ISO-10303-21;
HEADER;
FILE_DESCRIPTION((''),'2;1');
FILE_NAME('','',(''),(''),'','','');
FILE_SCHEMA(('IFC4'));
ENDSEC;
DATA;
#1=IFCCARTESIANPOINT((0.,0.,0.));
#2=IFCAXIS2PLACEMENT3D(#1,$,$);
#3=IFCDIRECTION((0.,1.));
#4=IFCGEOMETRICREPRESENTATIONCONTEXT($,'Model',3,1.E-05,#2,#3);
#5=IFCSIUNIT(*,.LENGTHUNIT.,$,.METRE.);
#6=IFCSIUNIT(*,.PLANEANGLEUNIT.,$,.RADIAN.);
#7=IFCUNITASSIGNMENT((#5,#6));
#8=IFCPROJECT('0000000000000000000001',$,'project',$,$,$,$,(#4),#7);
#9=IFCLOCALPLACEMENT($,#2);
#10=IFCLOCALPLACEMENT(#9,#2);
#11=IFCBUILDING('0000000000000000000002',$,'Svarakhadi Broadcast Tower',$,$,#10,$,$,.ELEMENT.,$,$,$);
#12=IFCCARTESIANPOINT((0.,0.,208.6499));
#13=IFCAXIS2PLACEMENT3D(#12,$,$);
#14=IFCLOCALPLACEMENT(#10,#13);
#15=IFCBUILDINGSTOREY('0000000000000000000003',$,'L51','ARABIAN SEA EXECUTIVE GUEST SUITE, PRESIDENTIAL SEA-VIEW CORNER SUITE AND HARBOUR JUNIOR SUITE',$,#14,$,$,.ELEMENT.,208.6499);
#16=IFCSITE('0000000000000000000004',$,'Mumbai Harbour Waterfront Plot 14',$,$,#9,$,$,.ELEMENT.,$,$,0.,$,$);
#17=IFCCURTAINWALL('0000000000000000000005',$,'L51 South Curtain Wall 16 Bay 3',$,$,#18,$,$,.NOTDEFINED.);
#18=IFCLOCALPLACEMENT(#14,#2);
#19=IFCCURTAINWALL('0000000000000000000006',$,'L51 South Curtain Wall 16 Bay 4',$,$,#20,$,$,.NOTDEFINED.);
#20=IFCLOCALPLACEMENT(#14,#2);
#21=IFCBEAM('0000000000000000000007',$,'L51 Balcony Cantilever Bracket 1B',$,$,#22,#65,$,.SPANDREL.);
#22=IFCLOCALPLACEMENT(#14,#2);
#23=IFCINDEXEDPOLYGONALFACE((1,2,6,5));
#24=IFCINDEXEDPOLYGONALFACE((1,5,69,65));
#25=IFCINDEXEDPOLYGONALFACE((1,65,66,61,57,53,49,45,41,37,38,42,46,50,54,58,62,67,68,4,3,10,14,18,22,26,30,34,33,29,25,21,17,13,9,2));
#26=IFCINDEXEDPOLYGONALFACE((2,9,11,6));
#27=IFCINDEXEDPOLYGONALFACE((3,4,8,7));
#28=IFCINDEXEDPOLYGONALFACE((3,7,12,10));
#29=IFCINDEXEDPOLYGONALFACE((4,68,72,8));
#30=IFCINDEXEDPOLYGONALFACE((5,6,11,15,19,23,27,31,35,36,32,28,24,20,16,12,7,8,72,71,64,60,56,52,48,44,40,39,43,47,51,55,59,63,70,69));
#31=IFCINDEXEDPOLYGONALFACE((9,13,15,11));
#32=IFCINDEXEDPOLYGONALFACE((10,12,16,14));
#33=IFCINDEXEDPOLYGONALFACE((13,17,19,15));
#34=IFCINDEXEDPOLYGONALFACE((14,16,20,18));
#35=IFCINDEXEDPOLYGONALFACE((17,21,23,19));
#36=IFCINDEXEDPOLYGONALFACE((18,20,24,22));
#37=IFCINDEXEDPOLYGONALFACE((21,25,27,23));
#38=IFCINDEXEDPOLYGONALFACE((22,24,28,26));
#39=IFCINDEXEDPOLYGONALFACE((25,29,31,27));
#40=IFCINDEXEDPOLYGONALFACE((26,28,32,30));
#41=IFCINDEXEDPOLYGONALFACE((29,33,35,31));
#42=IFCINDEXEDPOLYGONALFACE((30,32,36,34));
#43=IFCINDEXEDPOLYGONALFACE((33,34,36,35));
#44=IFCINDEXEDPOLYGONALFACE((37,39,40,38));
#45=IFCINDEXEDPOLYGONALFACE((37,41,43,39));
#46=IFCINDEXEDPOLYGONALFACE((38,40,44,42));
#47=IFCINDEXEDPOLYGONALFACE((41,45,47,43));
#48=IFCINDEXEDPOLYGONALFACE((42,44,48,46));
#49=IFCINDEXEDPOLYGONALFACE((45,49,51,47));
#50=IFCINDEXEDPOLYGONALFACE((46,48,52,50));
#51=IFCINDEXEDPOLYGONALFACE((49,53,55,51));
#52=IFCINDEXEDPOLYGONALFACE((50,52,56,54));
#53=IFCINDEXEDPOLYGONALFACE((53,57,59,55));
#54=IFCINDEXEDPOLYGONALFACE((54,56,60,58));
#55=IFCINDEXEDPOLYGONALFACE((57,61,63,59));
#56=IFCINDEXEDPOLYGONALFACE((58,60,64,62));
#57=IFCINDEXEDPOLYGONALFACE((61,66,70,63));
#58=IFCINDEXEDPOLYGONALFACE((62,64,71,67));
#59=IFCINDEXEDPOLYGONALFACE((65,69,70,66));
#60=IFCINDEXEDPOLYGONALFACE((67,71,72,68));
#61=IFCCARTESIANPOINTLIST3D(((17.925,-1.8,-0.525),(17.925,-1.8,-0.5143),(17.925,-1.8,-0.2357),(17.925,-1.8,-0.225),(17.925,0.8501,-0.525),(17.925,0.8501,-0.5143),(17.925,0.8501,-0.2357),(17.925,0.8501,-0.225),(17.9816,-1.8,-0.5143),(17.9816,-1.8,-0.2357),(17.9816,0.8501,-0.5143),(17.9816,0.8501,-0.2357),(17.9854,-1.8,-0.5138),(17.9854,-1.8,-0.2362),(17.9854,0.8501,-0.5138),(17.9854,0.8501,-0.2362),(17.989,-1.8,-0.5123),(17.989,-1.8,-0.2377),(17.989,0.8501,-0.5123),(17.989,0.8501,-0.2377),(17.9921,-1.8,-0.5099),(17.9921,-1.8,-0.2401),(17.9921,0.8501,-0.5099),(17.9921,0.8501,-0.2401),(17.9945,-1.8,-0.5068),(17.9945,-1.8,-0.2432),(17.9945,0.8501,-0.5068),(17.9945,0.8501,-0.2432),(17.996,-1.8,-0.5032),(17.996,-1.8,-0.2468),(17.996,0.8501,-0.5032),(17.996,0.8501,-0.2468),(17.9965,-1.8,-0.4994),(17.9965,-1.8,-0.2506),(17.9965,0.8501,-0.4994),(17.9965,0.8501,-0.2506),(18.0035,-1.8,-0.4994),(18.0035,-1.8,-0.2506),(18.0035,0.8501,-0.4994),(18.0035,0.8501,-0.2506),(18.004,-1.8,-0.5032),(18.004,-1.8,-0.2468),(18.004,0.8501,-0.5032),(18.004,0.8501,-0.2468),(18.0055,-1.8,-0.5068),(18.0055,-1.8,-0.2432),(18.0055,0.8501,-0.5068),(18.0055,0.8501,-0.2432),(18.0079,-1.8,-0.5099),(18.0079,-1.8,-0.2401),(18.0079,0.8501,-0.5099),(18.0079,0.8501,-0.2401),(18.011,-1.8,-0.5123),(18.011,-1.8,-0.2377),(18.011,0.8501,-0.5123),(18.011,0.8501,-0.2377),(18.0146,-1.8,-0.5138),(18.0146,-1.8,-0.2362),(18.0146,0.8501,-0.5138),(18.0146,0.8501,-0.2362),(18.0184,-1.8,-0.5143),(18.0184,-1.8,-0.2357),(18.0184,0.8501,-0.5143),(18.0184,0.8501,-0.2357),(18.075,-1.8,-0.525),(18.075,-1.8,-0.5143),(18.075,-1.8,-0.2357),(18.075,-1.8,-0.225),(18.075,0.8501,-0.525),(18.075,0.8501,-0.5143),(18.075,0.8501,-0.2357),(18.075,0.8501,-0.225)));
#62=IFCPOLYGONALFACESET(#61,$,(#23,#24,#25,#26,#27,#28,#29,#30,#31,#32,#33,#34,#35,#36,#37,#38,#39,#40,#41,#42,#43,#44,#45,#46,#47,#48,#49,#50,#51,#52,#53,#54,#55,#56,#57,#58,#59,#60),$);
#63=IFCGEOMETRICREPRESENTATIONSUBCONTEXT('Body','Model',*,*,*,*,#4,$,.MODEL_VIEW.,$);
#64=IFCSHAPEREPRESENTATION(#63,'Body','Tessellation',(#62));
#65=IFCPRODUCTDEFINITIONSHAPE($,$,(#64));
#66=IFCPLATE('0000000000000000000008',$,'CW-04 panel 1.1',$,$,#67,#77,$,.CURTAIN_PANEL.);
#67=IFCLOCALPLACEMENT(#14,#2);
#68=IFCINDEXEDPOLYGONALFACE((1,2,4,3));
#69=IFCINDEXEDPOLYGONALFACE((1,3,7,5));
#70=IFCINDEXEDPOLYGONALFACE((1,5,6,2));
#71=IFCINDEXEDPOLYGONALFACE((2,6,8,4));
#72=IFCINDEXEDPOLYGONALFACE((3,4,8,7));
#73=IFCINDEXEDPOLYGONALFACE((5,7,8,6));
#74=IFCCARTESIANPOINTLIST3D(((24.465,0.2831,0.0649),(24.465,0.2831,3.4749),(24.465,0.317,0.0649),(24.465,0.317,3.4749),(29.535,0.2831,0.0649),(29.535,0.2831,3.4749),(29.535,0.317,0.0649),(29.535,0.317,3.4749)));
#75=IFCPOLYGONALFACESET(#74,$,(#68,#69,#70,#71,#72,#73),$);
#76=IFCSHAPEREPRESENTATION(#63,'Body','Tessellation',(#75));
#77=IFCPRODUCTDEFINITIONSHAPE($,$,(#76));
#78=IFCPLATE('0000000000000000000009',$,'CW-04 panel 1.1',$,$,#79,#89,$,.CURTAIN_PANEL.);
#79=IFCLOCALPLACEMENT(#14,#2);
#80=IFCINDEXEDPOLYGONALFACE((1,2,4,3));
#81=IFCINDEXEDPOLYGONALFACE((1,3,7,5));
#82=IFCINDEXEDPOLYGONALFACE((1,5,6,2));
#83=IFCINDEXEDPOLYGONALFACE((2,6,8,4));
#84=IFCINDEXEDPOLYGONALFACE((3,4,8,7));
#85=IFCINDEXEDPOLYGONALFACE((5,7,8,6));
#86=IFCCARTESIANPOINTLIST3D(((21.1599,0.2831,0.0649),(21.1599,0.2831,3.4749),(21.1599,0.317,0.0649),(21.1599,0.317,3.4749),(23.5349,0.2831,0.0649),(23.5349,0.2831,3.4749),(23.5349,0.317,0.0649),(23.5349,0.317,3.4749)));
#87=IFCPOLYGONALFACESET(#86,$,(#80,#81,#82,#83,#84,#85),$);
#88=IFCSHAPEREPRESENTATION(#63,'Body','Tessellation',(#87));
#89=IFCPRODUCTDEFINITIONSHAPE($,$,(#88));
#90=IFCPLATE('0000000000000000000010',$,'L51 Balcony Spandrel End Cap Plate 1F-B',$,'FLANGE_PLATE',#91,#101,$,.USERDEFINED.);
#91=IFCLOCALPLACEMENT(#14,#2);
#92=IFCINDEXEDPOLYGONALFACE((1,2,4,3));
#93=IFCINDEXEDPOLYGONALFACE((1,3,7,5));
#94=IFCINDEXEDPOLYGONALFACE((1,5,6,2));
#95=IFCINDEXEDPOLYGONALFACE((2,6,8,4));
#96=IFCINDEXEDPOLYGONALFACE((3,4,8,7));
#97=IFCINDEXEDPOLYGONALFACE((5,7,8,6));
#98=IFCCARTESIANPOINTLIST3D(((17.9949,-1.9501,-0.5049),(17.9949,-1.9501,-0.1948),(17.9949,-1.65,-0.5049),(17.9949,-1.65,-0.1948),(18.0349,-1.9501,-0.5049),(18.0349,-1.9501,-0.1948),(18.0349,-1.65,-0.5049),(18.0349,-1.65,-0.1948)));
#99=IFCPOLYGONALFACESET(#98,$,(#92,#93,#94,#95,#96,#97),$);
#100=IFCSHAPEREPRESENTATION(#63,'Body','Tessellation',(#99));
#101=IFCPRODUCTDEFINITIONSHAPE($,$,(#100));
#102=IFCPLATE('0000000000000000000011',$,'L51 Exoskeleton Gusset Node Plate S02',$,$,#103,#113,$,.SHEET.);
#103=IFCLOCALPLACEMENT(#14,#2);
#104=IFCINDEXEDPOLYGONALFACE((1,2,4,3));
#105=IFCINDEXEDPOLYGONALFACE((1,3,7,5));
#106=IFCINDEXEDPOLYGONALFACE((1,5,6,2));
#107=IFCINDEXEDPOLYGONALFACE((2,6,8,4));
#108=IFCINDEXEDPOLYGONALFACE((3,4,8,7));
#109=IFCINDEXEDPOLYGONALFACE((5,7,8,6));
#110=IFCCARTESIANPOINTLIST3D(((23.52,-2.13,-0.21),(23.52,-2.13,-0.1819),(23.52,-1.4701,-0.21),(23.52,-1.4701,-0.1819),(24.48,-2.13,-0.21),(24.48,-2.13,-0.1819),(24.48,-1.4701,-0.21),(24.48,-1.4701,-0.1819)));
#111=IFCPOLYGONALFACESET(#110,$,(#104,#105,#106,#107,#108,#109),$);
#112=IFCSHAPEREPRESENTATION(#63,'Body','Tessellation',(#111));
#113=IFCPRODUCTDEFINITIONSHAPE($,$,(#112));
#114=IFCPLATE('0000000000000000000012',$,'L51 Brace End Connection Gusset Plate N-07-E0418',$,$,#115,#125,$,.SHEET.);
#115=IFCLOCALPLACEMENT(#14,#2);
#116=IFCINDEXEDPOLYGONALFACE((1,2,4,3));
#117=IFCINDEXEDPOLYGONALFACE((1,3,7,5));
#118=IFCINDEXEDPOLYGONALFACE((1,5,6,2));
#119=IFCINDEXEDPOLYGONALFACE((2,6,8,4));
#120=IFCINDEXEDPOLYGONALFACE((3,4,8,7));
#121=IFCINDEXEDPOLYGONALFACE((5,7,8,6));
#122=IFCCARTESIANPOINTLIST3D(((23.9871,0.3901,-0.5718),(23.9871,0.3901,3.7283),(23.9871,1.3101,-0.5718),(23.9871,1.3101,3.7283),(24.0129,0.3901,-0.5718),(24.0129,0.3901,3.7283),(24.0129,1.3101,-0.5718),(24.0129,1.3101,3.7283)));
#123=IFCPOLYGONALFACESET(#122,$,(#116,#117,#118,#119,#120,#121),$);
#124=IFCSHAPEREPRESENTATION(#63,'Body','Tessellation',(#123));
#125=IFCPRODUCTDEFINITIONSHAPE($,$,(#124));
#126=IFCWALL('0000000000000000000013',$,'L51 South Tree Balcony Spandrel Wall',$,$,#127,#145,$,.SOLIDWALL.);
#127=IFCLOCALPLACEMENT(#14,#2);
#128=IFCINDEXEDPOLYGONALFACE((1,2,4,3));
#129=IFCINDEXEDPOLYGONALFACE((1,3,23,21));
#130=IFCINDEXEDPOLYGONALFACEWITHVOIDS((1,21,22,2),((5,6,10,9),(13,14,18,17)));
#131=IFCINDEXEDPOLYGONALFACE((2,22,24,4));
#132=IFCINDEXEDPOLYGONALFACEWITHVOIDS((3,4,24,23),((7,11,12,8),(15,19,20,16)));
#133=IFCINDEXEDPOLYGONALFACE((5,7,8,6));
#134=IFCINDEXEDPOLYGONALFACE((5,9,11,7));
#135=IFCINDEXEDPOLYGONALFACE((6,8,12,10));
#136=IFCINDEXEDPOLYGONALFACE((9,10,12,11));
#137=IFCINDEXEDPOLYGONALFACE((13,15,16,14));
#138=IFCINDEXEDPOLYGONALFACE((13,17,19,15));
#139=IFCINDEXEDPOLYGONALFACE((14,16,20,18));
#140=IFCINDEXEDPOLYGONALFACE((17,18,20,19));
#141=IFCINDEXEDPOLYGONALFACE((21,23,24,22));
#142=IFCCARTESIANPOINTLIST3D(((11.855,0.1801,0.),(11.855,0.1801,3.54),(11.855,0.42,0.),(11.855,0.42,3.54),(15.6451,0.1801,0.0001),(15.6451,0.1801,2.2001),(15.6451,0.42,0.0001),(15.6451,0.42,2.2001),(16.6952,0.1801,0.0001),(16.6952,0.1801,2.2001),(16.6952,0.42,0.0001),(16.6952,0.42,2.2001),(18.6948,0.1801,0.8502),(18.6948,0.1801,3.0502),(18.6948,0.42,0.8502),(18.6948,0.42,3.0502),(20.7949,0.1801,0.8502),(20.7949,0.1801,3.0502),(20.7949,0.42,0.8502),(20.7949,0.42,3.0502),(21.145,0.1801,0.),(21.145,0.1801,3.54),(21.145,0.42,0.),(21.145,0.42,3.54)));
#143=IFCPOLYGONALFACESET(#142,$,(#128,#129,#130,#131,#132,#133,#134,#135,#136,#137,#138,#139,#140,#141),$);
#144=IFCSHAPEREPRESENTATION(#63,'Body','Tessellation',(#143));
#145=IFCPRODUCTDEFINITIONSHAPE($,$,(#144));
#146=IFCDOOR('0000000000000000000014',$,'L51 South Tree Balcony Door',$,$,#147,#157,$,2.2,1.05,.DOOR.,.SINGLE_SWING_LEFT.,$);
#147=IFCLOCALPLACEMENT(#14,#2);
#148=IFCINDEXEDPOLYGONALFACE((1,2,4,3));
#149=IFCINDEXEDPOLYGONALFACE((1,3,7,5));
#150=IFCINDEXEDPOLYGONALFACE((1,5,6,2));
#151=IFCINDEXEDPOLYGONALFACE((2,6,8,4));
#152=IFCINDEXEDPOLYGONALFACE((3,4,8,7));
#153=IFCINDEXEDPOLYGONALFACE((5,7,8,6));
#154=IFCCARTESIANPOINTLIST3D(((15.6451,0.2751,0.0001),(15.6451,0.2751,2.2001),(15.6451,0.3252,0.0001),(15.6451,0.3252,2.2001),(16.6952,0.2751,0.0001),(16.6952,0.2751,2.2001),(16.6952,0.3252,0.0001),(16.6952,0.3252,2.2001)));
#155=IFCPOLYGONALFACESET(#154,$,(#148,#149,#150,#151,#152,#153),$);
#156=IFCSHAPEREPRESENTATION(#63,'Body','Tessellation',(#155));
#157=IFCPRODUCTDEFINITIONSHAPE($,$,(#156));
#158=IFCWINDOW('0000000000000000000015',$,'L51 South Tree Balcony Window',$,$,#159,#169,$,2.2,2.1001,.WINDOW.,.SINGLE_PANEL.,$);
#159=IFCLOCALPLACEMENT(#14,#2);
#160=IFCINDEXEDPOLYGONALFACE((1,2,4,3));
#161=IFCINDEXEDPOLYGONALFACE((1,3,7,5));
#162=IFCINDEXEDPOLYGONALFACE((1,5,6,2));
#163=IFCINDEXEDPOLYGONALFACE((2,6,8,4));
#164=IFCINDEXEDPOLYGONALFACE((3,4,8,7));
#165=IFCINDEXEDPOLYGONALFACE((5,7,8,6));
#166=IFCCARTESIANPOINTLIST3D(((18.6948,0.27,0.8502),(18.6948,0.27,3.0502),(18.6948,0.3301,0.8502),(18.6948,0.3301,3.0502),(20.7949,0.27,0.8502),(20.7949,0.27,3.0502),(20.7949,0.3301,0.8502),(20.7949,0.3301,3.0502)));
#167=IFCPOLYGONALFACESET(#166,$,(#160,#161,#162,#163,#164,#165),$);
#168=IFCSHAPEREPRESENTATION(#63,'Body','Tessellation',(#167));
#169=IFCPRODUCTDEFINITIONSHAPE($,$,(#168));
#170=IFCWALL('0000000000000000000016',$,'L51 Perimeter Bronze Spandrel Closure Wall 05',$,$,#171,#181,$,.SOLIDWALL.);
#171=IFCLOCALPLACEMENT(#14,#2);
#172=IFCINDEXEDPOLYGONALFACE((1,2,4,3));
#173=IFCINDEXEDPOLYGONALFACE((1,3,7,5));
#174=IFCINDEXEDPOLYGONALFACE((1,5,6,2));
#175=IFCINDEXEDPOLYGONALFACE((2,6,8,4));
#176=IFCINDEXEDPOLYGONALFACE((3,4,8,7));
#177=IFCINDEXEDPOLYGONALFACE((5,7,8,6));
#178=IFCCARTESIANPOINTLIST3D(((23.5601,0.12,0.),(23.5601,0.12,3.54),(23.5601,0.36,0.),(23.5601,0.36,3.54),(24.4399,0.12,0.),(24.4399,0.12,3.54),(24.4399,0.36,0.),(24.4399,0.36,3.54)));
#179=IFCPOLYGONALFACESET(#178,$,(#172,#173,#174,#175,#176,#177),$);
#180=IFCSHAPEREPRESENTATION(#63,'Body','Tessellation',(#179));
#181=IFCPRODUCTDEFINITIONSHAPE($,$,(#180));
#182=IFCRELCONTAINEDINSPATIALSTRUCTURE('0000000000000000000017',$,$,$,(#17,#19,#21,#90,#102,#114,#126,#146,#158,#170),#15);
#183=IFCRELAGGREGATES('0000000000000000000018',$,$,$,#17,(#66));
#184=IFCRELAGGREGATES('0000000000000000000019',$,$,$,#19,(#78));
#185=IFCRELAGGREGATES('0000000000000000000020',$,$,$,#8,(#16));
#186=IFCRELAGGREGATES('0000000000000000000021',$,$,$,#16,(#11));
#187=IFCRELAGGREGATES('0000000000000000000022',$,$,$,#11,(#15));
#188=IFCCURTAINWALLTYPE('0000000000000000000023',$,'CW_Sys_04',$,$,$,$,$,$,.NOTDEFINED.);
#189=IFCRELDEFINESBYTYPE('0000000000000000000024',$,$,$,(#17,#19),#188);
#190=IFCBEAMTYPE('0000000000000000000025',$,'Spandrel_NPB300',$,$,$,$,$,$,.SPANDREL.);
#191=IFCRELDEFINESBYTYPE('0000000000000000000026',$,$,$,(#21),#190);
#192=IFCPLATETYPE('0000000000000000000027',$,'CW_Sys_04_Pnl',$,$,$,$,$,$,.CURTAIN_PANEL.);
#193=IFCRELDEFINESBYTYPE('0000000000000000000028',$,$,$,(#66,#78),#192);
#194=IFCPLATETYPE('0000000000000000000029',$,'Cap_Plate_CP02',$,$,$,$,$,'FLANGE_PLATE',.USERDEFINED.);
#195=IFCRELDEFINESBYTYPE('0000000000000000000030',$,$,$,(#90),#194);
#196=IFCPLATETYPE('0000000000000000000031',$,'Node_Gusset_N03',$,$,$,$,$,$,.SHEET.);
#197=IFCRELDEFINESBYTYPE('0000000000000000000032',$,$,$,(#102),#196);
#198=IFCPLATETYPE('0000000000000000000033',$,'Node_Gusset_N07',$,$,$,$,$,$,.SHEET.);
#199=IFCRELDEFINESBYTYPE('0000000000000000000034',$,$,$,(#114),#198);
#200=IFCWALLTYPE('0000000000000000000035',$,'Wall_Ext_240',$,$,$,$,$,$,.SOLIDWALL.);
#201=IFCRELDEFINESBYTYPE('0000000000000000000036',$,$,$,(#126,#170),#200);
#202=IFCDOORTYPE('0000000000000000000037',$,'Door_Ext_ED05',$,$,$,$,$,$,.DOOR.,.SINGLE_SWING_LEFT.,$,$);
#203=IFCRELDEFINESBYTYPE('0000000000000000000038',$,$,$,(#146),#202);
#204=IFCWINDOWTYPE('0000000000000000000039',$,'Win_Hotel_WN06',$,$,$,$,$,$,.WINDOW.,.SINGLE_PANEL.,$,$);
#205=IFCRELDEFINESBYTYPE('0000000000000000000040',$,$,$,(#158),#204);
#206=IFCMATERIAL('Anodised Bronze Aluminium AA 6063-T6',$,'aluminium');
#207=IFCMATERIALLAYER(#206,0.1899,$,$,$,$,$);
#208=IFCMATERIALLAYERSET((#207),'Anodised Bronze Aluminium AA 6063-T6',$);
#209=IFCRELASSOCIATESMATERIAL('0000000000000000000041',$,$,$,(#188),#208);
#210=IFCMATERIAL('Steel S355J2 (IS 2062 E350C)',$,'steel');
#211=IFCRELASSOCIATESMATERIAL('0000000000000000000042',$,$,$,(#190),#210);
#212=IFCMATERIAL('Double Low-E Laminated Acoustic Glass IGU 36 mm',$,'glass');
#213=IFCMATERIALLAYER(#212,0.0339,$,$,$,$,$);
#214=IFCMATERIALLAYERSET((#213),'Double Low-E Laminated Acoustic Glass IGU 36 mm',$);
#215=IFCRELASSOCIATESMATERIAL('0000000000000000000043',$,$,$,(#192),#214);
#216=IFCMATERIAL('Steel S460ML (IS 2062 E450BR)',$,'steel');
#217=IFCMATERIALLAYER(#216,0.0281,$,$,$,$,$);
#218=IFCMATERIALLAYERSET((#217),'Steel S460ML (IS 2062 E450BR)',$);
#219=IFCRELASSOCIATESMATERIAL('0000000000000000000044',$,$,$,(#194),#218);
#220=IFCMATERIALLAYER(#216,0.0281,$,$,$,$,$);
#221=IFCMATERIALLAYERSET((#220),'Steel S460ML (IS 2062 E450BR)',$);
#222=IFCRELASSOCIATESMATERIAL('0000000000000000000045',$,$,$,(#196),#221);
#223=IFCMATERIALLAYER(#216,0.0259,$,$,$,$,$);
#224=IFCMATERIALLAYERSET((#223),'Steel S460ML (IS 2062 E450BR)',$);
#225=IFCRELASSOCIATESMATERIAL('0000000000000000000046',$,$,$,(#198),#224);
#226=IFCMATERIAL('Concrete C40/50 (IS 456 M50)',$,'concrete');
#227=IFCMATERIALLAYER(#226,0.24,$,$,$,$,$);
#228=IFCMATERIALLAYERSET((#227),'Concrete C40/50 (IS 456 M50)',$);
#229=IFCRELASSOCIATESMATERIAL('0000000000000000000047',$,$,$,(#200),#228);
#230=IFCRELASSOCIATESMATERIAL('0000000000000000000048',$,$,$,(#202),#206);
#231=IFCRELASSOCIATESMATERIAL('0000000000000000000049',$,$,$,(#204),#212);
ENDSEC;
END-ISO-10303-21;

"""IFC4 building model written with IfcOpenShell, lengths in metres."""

from ifc_helpers import new_model, si_unit, direction, frame, frame_2d, origin, origin_2d, place, context, subcontext, project, spatial, rectangle, i_section, extrude, material, layer, layer_set, material_profile, profile_set, type_object, element, fill, aggregate, save


model = new_model("IFC4")

# Units and contexts
model_context = context("Model", 3, precision=1e-05, world=origin(), true_north=direction((0.0, 1.0)))
body_context = subcontext(model_context, "Body", "Model", "MODEL_VIEW")
ifc_project = project(units=[si_unit("LENGTHUNIT", "METRE"), si_unit("PLANEANGLEUNIT", "RADIAN")], contexts=[model_context])

# Site, building, storey
site_placement = place(None, origin())
site = spatial("IfcSite", under=ifc_project, at=site_placement, Name="Mumbai Harbour Waterfront Plot 14", CompositionType="ELEMENT", RefElevation=0.0)
building_placement = place(site_placement, origin())
building = spatial("IfcBuilding", under=site, at=building_placement, Name="Svarakhadi Broadcast Tower", CompositionType="ELEMENT")
storey_placement = place(building_placement, frame((0.0, 0.0, 208.6499)))
storey = spatial("IfcBuildingStorey", under=building, at=storey_placement, Name="L51", Description="ARABIAN SEA EXECUTIVE GUEST SUITE, PRESIDENTIAL SEA-VIEW CORNER SUITE AND HARBOUR JUNIOR SUITE", CompositionType="ELEMENT", Elevation=208.6499)

# Shared definitions
ifc_material_1 = material(Name="Steel S460ML (IS 2062 E450BR)", Category="steel")

# Curtain walls
ifc_material_2 = material(Name="Anodised Bronze Aluminium AA 6063-T6", Category="aluminium")
ifc_layer_1 = layer(ifc_material_2, 0.1899)
ifc_layer_set_1 = layer_set([ifc_layer_1], Name="Anodised Bronze Aluminium AA 6063-T6")
curtain_wall_type = type_object("IfcCurtainWallType", Name="CW_Sys_04", PredefinedType="NOTDEFINED", material=ifc_layer_set_1)
curtain_wall_1_placement = place(storey_placement, origin())
curtain_wall_1 = element("IfcCurtainWall", 1, at=curtain_wall_1_placement, inside=storey, type_object=curtain_wall_type, Name="L51 South Curtain Wall 16 Bay 3", PredefinedType="NOTDEFINED")
curtain_wall_2_placement = place(storey_placement, origin())
curtain_wall_2 = element("IfcCurtainWall", 2, at=curtain_wall_2_placement, inside=storey, type_object=curtain_wall_type, Name="L51 South Curtain Wall 16 Bay 4", PredefinedType="NOTDEFINED")

# Beam
ifc_material_3 = material(Name="Steel S355J2 (IS 2062 E350C)", Category="steel")
ifc_material_profile_1 = material_profile(ifc_material_3, i_section(OverallWidth=0.1499, OverallDepth=0.3, WebThickness=0.0071, FlangeThickness=0.0107, FilletRadius=0.0149, at=origin_2d()), Name="NPB 300x150x37")
ifc_profile_set_1 = profile_set([ifc_material_profile_1], Name="Steel S355J2 (IS 2062 E350C)")
beam_type_1 = type_object("IfcBeamType", Name="Spandrel_NPB300", PredefinedType="SPANDREL", material=ifc_profile_set_1)
beam_placement = place(storey_placement, frame((18.0, 0.8501, -0.375), z_axis=(0.0, -1.0, 0.0), x_axis=(1.0, 0.0, 0.0)))
element("IfcBeam", 3, at=beam_placement, inside=storey, type_object=beam_type_1, Name="L51 Balcony Cantilever Bracket 1B", PredefinedType="SPANDREL", context=body_context, shape_type="SweptSolid", body=[
    extrude(i_section(OverallWidth=0.1499, OverallDepth=0.3, WebThickness=0.0071, FlangeThickness=0.0107, FilletRadius=0.0149, at=origin_2d()), origin(), (0.0, 0.0, 1.0), 2.6501),
])

# Plates
ifc_material_4 = material(Name="Double Low-E Laminated Acoustic Glass IGU 36 mm", Category="glass")
ifc_layer_2 = layer(ifc_material_4, 0.0339)
ifc_layer_set_2 = layer_set([ifc_layer_2], Name="Double Low-E Laminated Acoustic Glass IGU 36 mm")
plate_type_1 = type_object("IfcPlateType", Name="CW_Sys_04_Pnl", PredefinedType="CURTAIN_PANEL", material=ifc_layer_set_2)
plate_1_placement = place(storey_placement, frame((27.0, 0.3, 0.0649), z_axis=(0.0, 0.0, 1.0), x_axis=(-1.0, 0.0, 0.0)))
plate_1 = element("IfcPlate", 4, at=plate_1_placement, type_object=plate_type_1, Name="CW-04 panel 1.1", PredefinedType="CURTAIN_PANEL", context=body_context, shape_type="SweptSolid", body=[
    extrude(rectangle(XDim=5.0701, YDim=0.0339, at=origin_2d()), origin(), (0.0, 0.0, 1.0), 3.4099),
])
aggregate(curtain_wall_1, [plate_1])
plate_2_placement = place(storey_placement, frame((22.3474, 0.3, 0.0649), z_axis=(0.0, 0.0, 1.0), x_axis=(-1.0, 0.0, 0.0)))
plate_2 = element("IfcPlate", 5, at=plate_2_placement, type_object=plate_type_1, Name="CW-04 panel 1.1", PredefinedType="CURTAIN_PANEL", context=body_context, shape_type="SweptSolid", body=[
    extrude(rectangle(XDim=2.375, YDim=0.0339, at=origin_2d()), origin(), (0.0, 0.0, 1.0), 3.4099),
])
aggregate(curtain_wall_2, [plate_2])

# Plates
ifc_layer_3 = layer(ifc_material_1, 0.0281)
ifc_layer_set_3 = layer_set([ifc_layer_3], Name="Steel S460ML (IS 2062 E450BR)")
plate_type_2 = type_object("IfcPlateType", Name="Cap_Plate_CP02", ElementType="FLANGE_PLATE", PredefinedType="USERDEFINED", material=ifc_layer_set_3)
plate_3_placement = place(storey_placement, frame((18.0149, -1.8, -0.5049), z_axis=(0.0, 0.0, 1.0), x_axis=(1.0, 0.0, 0.0)))
element("IfcPlate", 6, at=plate_3_placement, inside=storey, type_object=plate_type_2, Name="L51 Balcony Spandrel End Cap Plate 1F-B", ObjectType="FLANGE_PLATE", PredefinedType="USERDEFINED", context=body_context, shape_type="SweptSolid", body=[
    extrude(rectangle(XDim=0.04, YDim=0.3, at=origin_2d()), origin(), (0.0, 0.0, 1.0), 0.3101),
])
ifc_layer_4 = layer(ifc_material_1, 0.0281)
ifc_layer_set_4 = layer_set([ifc_layer_4], Name="Steel S460ML (IS 2062 E450BR)")
plate_type_3 = type_object("IfcPlateType", Name="Node_Gusset_N03", PredefinedType="SHEET", material=ifc_layer_set_4)
plate_4_placement = place(storey_placement, frame((24.0, -1.8, -0.21), z_axis=(0.0, 0.0, 1.0), x_axis=(1.0, 0.0, 0.0)))
element("IfcPlate", 7, at=plate_4_placement, inside=storey, type_object=plate_type_3, Name="L51 Exoskeleton Gusset Node Plate S02", PredefinedType="SHEET", context=body_context, shape_type="SweptSolid", body=[
    extrude(rectangle(XDim=0.96, YDim=0.6599, at=origin_2d()), origin(), (0.0, 0.0, 1.0), 0.0281),
])
ifc_layer_5 = layer(ifc_material_1, 0.0259)
ifc_layer_set_5 = layer_set([ifc_layer_5], Name="Steel S460ML (IS 2062 E450BR)")
plate_type_4 = type_object("IfcPlateType", Name="Node_Gusset_N07", PredefinedType="SHEET", material=ifc_layer_set_5)
plate_5_placement = place(storey_placement, frame((24.0, 0.8501, -0.5718), z_axis=(0.0, 0.0, 1.0), x_axis=(0.0, 1.0, 0.0)))
element("IfcPlate", 8, at=plate_5_placement, inside=storey, type_object=plate_type_4, Name="L51 Brace End Connection Gusset Plate N-07-E0418", PredefinedType="SHEET", context=body_context, shape_type="SweptSolid", body=[
    extrude(rectangle(XDim=0.9199, YDim=0.0259, at=origin_2d()), origin(), (0.0, 0.0, 1.0), 4.3),
])

# Wall, openings, door, window
ifc_material_5 = material(Name="Concrete C40/50 (IS 456 M50)", Category="concrete")
ifc_layer_6 = layer(ifc_material_5, 0.24)
ifc_layer_set_6 = layer_set([ifc_layer_6], Name="Concrete C40/50 (IS 456 M50)")
wall_type = type_object("IfcWallType", Name="Wall_Ext_240", PredefinedType="SOLIDWALL", material=ifc_layer_set_6)
wall_1_placement = place(storey_placement, frame((21.145, 0.3, 0.0), z_axis=(0.0, 0.0, 1.0), x_axis=(-1.0, 0.0, 0.0)))
wall_1 = element("IfcWall", 9, at=wall_1_placement, inside=storey, type_object=wall_type, Name="L51 South Tree Balcony Spandrel Wall", PredefinedType="SOLIDWALL", context=body_context, shape_type="SweptSolid", body=[
    extrude(rectangle(XDim=9.29, YDim=0.24, at=frame_2d((4.645, 0.0))), origin(), (0.0, 0.0, 1.0), 3.54),
])
opening_1_placement = place(wall_1_placement, frame((4.45, 0.0, 0.0)))
opening_1 = element("IfcOpeningElement", 10, at=opening_1_placement, cuts=wall_1, PredefinedType="OPENING", context=body_context, shape_type="SweptSolid", body=[
    extrude(rectangle(XDim=1.05, YDim=2.2, at=frame_2d((0.5249, 1.1001))), frame((0.0, 0.1299, 0.0), z_axis=(0.0, -1.0, 0.0), x_axis=(1.0, 0.0, 0.0)), (0.0, 0.0, 1.0), 0.26),
])
opening_2_placement = place(wall_1_placement, frame((0.3501, 0.0, 0.8501)))
opening_2 = element("IfcOpeningElement", 11, at=opening_2_placement, cuts=wall_1, PredefinedType="OPENING", context=body_context, shape_type="SweptSolid", body=[
    extrude(rectangle(XDim=2.1001, YDim=2.2, at=frame_2d((1.05, 1.1001))), frame((0.0, 0.1299, 0.0), z_axis=(0.0, -1.0, 0.0), x_axis=(1.0, 0.0, 0.0)), (0.0, 0.0, 1.0), 0.26),
])
door_type = type_object("IfcDoorType", Name="Door_Ext_ED05", OperationType="SINGLE_SWING_LEFT", PredefinedType="DOOR", material=ifc_material_2)
door_placement = place(opening_1_placement, origin())
door = element("IfcDoor", 12, at=door_placement, inside=storey, type_object=door_type, Name="L51 South Tree Balcony Door", OperationType="SINGLE_SWING_LEFT", OverallHeight=2.2, OverallWidth=1.05, PredefinedType="DOOR", context=body_context, shape_type="SweptSolid", body=[
    extrude(rectangle(XDim=1.05, YDim=2.2, at=frame_2d((0.5249, 1.1001))), frame((0.0, 0.0249, 0.0), z_axis=(0.0, -1.0, 0.0), x_axis=(1.0, 0.0, 0.0)), (0.0, 0.0, 1.0), 0.05),
])
fill(opening_1, door)
window_type = type_object("IfcWindowType", Name="Win_Hotel_WN06", PartitioningType="SINGLE_PANEL", PredefinedType="WINDOW", material=ifc_material_4)
window_placement = place(opening_2_placement, origin())
window = element("IfcWindow", 13, at=window_placement, inside=storey, type_object=window_type, Name="L51 South Tree Balcony Window", OverallHeight=2.2, OverallWidth=2.1001, PartitioningType="SINGLE_PANEL", PredefinedType="WINDOW", context=body_context, shape_type="SweptSolid", body=[
    extrude(rectangle(XDim=2.1001, YDim=2.2, at=frame_2d((1.05, 1.1001))), frame((0.0, 0.03, 0.0), z_axis=(0.0, -1.0, 0.0), x_axis=(1.0, 0.0, 0.0)), (0.0, 0.0, 1.0), 0.0601),
])
fill(opening_2, window)

# Wall
wall_2_placement = place(storey_placement, frame((24.4399, 0.24, 0.0), z_axis=(0.0, 0.0, 1.0), x_axis=(-1.0, 0.0, 0.0)))
element("IfcWall", 14, at=wall_2_placement, inside=storey, type_object=wall_type, Name="L51 Perimeter Bronze Spandrel Closure Wall 05", PredefinedType="SOLIDWALL", context=body_context, shape_type="SweptSolid", body=[
    extrude(rectangle(XDim=0.8799, YDim=0.24, at=frame_2d((0.4399, 0.0))), origin(), (0.0, 0.0, 1.0), 3.54),
])

save(model, "model.ifc")
